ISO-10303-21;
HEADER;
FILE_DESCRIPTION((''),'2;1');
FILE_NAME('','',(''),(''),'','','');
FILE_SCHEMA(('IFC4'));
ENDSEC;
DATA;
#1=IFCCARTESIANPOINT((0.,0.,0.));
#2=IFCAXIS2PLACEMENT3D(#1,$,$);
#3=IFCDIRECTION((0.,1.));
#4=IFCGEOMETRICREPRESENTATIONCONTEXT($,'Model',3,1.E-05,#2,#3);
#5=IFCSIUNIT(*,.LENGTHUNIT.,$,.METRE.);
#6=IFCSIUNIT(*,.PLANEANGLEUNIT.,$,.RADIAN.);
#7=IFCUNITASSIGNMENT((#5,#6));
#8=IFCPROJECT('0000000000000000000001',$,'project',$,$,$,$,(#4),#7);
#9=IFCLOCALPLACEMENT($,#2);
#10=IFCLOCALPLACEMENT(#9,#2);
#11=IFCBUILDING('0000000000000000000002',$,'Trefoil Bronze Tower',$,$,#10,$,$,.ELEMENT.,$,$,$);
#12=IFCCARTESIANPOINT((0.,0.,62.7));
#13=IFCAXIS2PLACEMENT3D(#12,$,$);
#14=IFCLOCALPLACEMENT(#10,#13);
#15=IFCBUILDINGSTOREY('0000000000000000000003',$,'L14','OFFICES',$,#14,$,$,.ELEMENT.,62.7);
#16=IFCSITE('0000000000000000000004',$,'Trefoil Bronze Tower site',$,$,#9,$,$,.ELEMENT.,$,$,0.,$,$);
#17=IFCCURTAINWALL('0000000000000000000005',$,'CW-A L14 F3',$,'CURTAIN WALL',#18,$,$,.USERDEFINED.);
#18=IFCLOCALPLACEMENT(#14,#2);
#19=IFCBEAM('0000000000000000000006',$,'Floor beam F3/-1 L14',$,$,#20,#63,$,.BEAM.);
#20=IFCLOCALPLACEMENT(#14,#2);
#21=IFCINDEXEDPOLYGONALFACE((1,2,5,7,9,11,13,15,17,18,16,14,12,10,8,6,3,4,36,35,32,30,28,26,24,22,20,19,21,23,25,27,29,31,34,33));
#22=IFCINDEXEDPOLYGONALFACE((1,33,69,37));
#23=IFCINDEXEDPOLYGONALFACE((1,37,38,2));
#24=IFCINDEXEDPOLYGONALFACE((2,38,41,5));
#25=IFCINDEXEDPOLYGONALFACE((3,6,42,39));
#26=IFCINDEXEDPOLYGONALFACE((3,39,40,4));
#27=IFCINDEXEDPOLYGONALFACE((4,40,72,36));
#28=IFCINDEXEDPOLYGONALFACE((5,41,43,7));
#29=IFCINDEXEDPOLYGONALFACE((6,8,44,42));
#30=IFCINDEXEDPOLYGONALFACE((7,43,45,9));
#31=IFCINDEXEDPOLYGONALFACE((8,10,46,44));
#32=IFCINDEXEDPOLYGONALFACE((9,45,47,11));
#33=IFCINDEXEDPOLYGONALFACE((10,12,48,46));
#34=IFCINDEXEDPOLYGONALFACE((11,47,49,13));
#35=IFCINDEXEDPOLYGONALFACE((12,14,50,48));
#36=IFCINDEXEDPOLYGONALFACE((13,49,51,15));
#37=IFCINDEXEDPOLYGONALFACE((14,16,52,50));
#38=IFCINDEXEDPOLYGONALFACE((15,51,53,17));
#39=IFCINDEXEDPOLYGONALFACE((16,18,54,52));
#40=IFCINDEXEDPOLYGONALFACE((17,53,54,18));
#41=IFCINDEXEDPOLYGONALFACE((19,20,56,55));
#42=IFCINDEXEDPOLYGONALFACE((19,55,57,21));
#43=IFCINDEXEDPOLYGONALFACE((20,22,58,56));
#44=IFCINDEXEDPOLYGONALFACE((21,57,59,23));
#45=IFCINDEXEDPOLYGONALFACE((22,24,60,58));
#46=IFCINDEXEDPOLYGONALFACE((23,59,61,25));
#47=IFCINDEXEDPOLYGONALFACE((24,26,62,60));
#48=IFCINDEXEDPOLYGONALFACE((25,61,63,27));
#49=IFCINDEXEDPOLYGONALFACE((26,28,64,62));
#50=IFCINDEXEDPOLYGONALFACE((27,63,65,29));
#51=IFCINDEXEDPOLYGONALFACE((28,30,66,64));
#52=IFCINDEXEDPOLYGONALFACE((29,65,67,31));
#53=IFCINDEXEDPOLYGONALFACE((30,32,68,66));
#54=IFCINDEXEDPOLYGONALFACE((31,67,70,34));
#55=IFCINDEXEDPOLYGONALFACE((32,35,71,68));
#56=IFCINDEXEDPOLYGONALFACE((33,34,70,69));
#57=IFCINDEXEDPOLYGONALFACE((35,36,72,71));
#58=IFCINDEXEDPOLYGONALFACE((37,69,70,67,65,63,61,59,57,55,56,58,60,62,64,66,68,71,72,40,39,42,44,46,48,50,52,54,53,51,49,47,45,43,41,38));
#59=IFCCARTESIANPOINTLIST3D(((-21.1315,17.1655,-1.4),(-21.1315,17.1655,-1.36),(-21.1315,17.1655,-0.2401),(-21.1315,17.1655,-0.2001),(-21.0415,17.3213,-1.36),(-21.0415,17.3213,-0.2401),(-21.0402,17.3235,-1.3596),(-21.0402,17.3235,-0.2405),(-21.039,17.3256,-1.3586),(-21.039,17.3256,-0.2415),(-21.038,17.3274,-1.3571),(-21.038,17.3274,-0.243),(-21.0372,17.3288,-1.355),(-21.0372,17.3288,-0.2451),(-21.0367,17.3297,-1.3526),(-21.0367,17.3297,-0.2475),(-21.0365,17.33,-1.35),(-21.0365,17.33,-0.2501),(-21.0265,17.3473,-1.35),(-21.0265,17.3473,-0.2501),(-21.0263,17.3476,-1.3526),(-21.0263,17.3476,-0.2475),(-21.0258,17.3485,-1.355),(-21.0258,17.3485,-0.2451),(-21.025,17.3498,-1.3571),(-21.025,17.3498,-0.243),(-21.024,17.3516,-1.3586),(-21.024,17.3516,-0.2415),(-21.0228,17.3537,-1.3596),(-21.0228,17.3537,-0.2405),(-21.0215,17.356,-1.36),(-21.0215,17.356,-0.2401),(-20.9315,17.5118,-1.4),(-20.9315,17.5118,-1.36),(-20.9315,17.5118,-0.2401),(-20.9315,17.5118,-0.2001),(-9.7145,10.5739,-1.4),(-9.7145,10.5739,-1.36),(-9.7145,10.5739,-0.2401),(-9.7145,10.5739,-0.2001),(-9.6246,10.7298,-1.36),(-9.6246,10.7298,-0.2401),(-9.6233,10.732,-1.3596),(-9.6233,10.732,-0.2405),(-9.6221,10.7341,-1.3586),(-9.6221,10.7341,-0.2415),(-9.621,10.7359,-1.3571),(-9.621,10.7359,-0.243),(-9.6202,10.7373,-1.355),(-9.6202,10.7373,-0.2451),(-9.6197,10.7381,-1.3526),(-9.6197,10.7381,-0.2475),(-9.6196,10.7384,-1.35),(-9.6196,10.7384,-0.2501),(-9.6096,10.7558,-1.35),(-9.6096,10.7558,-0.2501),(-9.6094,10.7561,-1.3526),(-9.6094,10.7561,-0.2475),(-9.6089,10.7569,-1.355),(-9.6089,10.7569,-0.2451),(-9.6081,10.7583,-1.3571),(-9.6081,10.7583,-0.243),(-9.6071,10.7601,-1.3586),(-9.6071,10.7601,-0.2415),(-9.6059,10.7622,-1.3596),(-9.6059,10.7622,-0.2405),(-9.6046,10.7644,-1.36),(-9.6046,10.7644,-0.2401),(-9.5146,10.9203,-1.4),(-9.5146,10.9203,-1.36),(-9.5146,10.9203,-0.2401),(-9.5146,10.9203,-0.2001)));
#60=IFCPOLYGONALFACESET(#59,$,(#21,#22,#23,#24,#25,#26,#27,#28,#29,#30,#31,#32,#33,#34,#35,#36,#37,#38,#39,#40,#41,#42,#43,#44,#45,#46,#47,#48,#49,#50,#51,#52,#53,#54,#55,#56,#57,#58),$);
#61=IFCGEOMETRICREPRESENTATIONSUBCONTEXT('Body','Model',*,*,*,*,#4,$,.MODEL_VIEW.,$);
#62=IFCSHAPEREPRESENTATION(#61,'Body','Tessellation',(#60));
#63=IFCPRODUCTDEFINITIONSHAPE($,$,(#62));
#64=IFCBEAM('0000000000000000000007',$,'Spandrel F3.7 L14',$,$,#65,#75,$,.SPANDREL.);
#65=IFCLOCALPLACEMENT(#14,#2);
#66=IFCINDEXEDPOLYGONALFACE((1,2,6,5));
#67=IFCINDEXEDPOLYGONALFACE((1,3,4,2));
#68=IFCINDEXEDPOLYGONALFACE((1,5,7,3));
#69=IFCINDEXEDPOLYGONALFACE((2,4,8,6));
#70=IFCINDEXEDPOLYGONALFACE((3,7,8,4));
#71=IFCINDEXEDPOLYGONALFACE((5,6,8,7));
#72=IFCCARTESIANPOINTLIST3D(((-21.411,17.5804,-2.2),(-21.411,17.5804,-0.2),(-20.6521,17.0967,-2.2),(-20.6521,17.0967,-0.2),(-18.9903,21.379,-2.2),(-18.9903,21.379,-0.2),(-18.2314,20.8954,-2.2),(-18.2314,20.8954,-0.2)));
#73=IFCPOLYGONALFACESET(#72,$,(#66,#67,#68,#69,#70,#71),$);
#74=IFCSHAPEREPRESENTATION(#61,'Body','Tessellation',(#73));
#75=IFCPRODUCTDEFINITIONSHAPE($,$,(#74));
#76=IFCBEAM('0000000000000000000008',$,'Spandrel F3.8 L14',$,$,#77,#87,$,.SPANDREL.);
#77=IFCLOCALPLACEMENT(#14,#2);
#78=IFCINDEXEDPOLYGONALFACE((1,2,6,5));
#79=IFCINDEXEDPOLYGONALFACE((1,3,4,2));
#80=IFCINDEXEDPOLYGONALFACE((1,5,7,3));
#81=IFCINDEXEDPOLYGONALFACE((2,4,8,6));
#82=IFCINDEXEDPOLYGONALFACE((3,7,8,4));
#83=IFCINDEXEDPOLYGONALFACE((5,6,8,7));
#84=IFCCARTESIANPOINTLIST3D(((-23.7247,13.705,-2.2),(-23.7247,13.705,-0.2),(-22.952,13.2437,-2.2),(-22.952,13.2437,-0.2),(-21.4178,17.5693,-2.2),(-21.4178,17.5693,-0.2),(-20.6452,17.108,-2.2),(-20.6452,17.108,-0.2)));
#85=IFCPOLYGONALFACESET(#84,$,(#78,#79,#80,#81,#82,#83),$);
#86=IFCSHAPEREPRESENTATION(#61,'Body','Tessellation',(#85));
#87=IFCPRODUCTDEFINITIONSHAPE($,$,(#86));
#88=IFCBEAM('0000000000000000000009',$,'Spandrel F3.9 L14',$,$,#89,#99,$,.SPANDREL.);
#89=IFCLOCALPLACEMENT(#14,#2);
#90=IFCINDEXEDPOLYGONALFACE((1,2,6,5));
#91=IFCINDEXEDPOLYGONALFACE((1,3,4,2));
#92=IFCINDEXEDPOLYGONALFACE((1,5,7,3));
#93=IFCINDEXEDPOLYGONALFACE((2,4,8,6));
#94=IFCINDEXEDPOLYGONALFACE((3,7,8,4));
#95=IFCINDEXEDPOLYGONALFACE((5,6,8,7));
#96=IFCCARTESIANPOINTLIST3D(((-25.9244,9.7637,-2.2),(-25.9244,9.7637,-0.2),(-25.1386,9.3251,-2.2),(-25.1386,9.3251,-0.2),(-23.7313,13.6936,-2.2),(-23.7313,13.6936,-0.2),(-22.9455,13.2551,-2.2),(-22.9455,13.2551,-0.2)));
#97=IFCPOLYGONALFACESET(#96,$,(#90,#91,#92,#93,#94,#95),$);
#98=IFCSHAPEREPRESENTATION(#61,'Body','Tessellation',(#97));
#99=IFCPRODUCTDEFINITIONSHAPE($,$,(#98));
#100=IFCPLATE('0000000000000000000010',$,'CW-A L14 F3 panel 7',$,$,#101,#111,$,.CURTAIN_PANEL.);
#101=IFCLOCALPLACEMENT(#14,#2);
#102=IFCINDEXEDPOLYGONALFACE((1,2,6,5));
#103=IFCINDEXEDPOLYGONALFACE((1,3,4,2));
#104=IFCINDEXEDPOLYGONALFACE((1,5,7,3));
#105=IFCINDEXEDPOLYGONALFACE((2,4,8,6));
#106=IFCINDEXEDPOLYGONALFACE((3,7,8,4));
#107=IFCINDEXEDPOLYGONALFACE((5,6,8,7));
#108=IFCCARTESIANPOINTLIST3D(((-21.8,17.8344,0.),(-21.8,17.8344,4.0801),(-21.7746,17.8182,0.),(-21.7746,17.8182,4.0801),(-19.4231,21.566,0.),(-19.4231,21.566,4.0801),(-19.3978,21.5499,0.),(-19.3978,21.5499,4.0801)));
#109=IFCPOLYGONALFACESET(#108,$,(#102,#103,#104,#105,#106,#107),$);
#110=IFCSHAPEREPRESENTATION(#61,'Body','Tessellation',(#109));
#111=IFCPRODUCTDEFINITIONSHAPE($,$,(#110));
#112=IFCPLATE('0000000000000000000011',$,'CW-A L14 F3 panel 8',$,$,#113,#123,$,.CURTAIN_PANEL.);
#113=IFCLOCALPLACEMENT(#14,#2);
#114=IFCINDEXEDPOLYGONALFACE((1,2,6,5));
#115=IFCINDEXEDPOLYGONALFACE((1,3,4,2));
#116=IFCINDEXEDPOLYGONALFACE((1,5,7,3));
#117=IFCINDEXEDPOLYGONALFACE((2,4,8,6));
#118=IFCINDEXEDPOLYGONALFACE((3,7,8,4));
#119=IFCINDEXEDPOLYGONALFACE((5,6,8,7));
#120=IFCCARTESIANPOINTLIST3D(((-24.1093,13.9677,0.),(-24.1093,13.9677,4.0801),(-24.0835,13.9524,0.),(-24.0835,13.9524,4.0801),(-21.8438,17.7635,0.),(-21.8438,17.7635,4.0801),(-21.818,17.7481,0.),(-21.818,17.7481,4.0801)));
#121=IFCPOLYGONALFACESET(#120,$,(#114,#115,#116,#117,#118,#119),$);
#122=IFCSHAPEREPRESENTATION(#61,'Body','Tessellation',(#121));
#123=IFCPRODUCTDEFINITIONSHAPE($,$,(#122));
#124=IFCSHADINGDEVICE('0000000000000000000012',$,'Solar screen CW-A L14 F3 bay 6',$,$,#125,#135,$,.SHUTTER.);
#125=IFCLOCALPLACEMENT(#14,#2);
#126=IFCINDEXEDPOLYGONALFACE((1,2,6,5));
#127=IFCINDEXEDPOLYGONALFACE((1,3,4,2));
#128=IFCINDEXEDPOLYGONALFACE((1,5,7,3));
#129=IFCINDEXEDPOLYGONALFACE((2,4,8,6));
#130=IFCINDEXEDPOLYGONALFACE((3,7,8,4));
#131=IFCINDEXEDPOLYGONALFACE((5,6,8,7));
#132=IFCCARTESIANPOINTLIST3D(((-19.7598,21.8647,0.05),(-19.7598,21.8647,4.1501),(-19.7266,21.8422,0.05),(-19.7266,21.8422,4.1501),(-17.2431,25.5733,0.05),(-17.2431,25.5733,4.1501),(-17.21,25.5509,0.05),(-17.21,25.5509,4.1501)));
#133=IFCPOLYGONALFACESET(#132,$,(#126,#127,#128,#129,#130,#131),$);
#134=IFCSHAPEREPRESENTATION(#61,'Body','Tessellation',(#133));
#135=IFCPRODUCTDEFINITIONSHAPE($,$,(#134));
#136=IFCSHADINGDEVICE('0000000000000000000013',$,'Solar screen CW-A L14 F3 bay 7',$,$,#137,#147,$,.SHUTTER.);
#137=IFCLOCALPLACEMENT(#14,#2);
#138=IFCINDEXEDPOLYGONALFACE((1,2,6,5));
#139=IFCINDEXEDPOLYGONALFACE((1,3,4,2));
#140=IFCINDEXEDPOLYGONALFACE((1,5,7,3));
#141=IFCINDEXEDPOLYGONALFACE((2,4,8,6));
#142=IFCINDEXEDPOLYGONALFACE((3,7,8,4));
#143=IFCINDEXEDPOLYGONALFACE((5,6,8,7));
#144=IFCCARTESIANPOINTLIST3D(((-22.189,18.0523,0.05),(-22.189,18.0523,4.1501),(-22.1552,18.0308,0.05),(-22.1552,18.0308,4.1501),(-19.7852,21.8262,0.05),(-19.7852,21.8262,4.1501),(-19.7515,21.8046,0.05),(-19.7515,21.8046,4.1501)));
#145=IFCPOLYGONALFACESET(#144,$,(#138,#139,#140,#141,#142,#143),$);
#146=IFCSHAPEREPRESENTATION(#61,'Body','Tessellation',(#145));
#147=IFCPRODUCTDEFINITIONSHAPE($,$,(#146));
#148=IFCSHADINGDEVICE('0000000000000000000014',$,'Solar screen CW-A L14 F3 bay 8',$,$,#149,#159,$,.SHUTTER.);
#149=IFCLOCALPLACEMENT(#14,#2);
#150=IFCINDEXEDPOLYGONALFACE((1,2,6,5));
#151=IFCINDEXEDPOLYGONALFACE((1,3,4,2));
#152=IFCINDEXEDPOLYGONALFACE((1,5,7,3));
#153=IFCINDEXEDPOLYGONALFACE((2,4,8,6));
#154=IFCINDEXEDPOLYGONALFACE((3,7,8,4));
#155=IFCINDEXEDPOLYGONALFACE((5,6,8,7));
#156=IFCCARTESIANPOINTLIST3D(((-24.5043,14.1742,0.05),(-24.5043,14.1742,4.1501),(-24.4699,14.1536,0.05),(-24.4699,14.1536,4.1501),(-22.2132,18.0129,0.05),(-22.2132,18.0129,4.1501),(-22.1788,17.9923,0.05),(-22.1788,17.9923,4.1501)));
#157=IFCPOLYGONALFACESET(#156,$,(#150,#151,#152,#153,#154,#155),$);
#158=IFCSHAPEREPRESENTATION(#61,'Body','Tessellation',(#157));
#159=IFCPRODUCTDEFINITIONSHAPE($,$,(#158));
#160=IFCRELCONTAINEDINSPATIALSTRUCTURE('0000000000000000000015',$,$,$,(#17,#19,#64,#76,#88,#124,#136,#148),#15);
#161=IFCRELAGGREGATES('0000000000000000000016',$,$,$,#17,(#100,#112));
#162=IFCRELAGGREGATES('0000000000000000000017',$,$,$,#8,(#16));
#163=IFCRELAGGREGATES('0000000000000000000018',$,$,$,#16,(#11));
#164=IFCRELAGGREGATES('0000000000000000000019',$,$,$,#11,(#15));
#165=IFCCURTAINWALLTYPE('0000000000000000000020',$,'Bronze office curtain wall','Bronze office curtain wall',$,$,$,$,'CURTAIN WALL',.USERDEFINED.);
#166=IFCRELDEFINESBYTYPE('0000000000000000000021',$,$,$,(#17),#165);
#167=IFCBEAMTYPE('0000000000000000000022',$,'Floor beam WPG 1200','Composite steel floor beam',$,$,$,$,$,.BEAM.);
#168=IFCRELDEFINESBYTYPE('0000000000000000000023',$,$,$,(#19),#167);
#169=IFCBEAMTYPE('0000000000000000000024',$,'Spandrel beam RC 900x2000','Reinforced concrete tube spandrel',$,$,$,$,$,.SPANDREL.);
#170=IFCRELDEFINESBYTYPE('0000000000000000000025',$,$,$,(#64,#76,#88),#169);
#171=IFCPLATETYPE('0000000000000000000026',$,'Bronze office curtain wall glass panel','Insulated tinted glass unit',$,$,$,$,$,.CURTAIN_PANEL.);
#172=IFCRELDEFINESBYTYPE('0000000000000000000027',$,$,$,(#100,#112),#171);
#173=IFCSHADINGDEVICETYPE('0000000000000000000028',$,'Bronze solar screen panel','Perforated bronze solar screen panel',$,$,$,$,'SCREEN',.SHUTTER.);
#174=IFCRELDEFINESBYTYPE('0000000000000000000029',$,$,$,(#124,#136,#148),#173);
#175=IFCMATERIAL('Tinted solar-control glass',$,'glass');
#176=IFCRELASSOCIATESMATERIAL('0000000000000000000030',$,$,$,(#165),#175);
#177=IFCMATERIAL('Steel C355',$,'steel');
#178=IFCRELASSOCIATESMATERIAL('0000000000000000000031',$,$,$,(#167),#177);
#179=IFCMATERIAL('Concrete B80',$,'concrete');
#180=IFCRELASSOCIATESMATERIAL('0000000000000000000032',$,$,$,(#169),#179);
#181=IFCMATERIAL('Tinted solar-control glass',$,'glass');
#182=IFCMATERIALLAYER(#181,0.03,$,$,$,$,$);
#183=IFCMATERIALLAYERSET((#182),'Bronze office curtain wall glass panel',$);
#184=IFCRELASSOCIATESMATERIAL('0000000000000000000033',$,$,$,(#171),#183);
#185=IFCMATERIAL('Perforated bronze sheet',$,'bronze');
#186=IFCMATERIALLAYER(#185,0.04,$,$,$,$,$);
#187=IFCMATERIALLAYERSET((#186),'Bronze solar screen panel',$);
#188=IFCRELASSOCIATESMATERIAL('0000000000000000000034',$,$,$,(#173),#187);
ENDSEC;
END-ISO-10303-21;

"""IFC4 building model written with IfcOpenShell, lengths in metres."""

from ifc_helpers import new_model, si_unit, direction, frame, origin, origin_2d, place, context, subcontext, project, spatial, rectangle, i_section, extrude, material, layer, layer_set, material_profile, profile_set, type_object, element, aggregate, save


model = new_model("IFC4")

# Units and contexts
model_context = context("Model", 3, precision=1e-05, world=origin(), true_north=direction((0.0, 1.0)))
body_context = subcontext(model_context, "Body", "Model", "MODEL_VIEW")
ifc_project = project(units=[si_unit("LENGTHUNIT", "METRE"), si_unit("PLANEANGLEUNIT", "RADIAN")], contexts=[model_context])

# Site, building, storey
site_placement = place(None, origin())
site = spatial("IfcSite", under=ifc_project, at=site_placement, Name="Trefoil Bronze Tower site", CompositionType="ELEMENT", RefElevation=0.0)
building_placement = place(site_placement, origin())
building = spatial("IfcBuilding", under=site, at=building_placement, Name="Trefoil Bronze Tower", CompositionType="ELEMENT")
storey_placement = place(building_placement, frame((0.0, 0.0, 62.7)))
storey = spatial("IfcBuildingStorey", under=building, at=storey_placement, Name="L14", Description="OFFICES", CompositionType="ELEMENT", Elevation=62.7)

# Curtain wall
ifc_material_1 = material(Name="Tinted solar-control glass", Category="glass")
curtain_wall_type = type_object("IfcCurtainWallType", Name="Bronze office curtain wall", Description="Bronze office curtain wall", ElementType="CURTAIN WALL", PredefinedType="USERDEFINED", material=ifc_material_1)
curtain_wall_placement = place(storey_placement, origin())
curtain_wall = element("IfcCurtainWall", 1, at=curtain_wall_placement, inside=storey, type_object=curtain_wall_type, Name="CW-A L14 F3", ObjectType="CURTAIN WALL", PredefinedType="USERDEFINED")

# Beams
ifc_material_2 = material(Name="Steel C355", Category="steel")
ifc_material_profile_1 = material_profile(ifc_material_2, i_section(OverallWidth=0.3999, OverallDepth=1.2, WebThickness=0.02, FlangeThickness=0.04, FilletRadius=0.01, at=origin_2d()), Name="WPG 1200")
ifc_profile_set_1 = profile_set([ifc_material_profile_1], Name="Steel C355")
beam_type_1 = type_object("IfcBeamType", Name="Floor beam WPG 1200", Description="Composite steel floor beam", PredefinedType="BEAM", material=ifc_profile_set_1)
beam_1_placement = place(storey_placement, frame((-21.0315, 17.3386, -0.8), z_axis=(0.866027, -0.499997, 0.0), x_axis=(0.499997, 0.866027, 0.0)))
element("IfcBeam", 2, at=beam_1_placement, inside=storey, type_object=beam_type_1, Name="Floor beam F3/-1 L14", PredefinedType="BEAM", context=body_context, shape_type="SweptSolid", body=[
    extrude(i_section(OverallWidth=0.3999, OverallDepth=1.2, WebThickness=0.02, FlangeThickness=0.04, FilletRadius=0.01, at=origin_2d()), origin(), (0.0, 0.0, 1.0), 13.1831),
])
ifc_material_3 = material(Name="Concrete B80", Category="concrete")
ifc_material_profile_2 = material_profile(ifc_material_3, rectangle(XDim=0.8999, YDim=2.0, at=origin_2d()), Name="RC 900x2000")
ifc_profile_set_2 = profile_set([ifc_material_profile_2], Name="Concrete B80")
beam_type_2 = type_object("IfcBeamType", Name="Spandrel beam RC 900x2000", Description="Reinforced concrete tube spandrel", PredefinedType="SPANDREL", material=ifc_profile_set_2)
beam_2_placement = place(storey_placement, frame((-18.6108, 21.1372, -1.2), z_axis=(-0.537408, -0.843322, 0.0), x_axis=(0.843322, -0.537408, 0.0)))
element("IfcBeam", 3, at=beam_2_placement, inside=storey, type_object=beam_type_2, Name="Spandrel F3.7 L14", PredefinedType="SPANDREL", context=body_context, shape_type="SweptSolid", body=[
    extrude(rectangle(XDim=0.8999, YDim=2.0, at=origin_2d()), origin(), (0.0, 0.0, 1.0), 4.5044),
])
for number, where, z_axis, x_axis, name in (
    (4, (-21.0315, 17.3386, -1.2), (-0.512588, -0.858635, 0.0), (0.858635, -0.512588, 0.0), "Spandrel F3.8 L14"),
    (5, (-23.3384, 13.4744, -1.2), (-0.487309, -0.873229, 0.0), (0.873229, -0.487309, 0.0), "Spandrel F3.9 L14"),
):
    element("IfcBeam", number, at=place(storey_placement, frame(where, z_axis=z_axis, x_axis=x_axis)), inside=storey, type_object=beam_type_2, Name=name, PredefinedType="SPANDREL", context=body_context, shape_type="SweptSolid", body=[
        extrude(rectangle(XDim=0.8999, YDim=2.0, at=origin_2d()), origin(), (0.0, 0.0, 1.0), 4.5005),
    ])

# Plates
ifc_material_4 = material(Name="Tinted solar-control glass", Category="glass")
ifc_layer_1 = layer(ifc_material_4, 0.03)
ifc_layer_set_1 = layer_set([ifc_layer_1], Name="Bronze office curtain wall glass panel")
plate_type = type_object("IfcPlateType", Name="Bronze office curtain wall glass panel", Description="Insulated tinted glass unit", PredefinedType="CURTAIN_PANEL", material=ifc_layer_set_1)
plate_1_placement = place(storey_placement, frame((-20.5989, 19.6921, 0.0), z_axis=(0.0, 0.0, 1.0), x_axis=(-0.537222, -0.843441, 0.0)))
plate_1 = element("IfcPlate", 6, at=plate_1_placement, type_object=plate_type, Name="CW-A L14 F3 panel 7", PredefinedType="CURTAIN_PANEL", context=body_context, shape_type="SweptSolid", body=[
    extrude(rectangle(XDim=4.4243, YDim=0.03, at=origin_2d()), origin(), (0.0, 0.0, 1.0), 4.0801),
])
plate_2_placement = place(storey_placement, frame((-22.9636, 15.8579, 0.0), z_axis=(0.0, 0.0, 1.0), x_axis=(-0.512513, -0.85868, 0.0)))
plate_2 = element("IfcPlate", 7, at=plate_2_placement, type_object=plate_type, Name="CW-A L14 F3 panel 8", PredefinedType="CURTAIN_PANEL", context=body_context, shape_type="SweptSolid", body=[
    extrude(rectangle(XDim=4.4204, YDim=0.03, at=origin_2d()), origin(), (0.0, 0.0, 1.0), 4.0801),
])
aggregate(curtain_wall, [plate_1, plate_2])

# Shading devices
ifc_material_5 = material(Name="Perforated bronze sheet", Category="bronze")
ifc_layer_2 = layer(ifc_material_5, 0.04)
ifc_layer_set_2 = layer_set([ifc_layer_2], Name="Bronze solar screen panel")
shading_device_type = type_object("IfcShadingDeviceType", Name="Bronze solar screen panel", Description="Perforated bronze solar screen panel", ElementType="SCREEN", PredefinedType="SHUTTER", material=ifc_layer_set_2)
shading_device_1_placement = place(storey_placement, frame((-18.4849, 23.7078, 0.05), z_axis=(0.0, 0.0, 1.0), x_axis=(-0.56151, -0.82747, 0.0)))
element("IfcShadingDevice", 8, at=shading_device_1_placement, inside=storey, type_object=shading_device_type, Name="Solar screen CW-A L14 F3 bay 6", PredefinedType="SHUTTER", context=body_context, shape_type="SweptSolid", body=[
    extrude(rectangle(XDim=4.4819, YDim=0.04, at=origin_2d()), origin(), (0.0, 0.0, 1.0), 4.1001),
])
shading_device_2_placement = place(storey_placement, frame((-20.9702, 19.9285, 0.05), z_axis=(0.0, 0.0, 1.0), x_axis=(-0.537222, -0.843441, 0.0)))
element("IfcShadingDevice", 9, at=shading_device_2_placement, inside=storey, type_object=shading_device_type, Name="Solar screen CW-A L14 F3 bay 7", PredefinedType="SHUTTER", context=body_context, shape_type="SweptSolid", body=[
    extrude(rectangle(XDim=4.4744, YDim=0.04, at=origin_2d()), origin(), (0.0, 0.0, 1.0), 4.1001),
])
shading_device_3_placement = place(storey_placement, frame((-23.3416, 16.0833, 0.05), z_axis=(0.0, 0.0, 1.0), x_axis=(-0.512513, -0.85868, 0.0)))
element("IfcShadingDevice", 10, at=shading_device_3_placement, inside=storey, type_object=shading_device_type, Name="Solar screen CW-A L14 F3 bay 8", PredefinedType="SHUTTER", context=body_context, shape_type="SweptSolid", body=[
    extrude(rectangle(XDim=4.4705, YDim=0.04, at=origin_2d()), origin(), (0.0, 0.0, 1.0), 4.1001),
])

save(model, "model.ifc")
